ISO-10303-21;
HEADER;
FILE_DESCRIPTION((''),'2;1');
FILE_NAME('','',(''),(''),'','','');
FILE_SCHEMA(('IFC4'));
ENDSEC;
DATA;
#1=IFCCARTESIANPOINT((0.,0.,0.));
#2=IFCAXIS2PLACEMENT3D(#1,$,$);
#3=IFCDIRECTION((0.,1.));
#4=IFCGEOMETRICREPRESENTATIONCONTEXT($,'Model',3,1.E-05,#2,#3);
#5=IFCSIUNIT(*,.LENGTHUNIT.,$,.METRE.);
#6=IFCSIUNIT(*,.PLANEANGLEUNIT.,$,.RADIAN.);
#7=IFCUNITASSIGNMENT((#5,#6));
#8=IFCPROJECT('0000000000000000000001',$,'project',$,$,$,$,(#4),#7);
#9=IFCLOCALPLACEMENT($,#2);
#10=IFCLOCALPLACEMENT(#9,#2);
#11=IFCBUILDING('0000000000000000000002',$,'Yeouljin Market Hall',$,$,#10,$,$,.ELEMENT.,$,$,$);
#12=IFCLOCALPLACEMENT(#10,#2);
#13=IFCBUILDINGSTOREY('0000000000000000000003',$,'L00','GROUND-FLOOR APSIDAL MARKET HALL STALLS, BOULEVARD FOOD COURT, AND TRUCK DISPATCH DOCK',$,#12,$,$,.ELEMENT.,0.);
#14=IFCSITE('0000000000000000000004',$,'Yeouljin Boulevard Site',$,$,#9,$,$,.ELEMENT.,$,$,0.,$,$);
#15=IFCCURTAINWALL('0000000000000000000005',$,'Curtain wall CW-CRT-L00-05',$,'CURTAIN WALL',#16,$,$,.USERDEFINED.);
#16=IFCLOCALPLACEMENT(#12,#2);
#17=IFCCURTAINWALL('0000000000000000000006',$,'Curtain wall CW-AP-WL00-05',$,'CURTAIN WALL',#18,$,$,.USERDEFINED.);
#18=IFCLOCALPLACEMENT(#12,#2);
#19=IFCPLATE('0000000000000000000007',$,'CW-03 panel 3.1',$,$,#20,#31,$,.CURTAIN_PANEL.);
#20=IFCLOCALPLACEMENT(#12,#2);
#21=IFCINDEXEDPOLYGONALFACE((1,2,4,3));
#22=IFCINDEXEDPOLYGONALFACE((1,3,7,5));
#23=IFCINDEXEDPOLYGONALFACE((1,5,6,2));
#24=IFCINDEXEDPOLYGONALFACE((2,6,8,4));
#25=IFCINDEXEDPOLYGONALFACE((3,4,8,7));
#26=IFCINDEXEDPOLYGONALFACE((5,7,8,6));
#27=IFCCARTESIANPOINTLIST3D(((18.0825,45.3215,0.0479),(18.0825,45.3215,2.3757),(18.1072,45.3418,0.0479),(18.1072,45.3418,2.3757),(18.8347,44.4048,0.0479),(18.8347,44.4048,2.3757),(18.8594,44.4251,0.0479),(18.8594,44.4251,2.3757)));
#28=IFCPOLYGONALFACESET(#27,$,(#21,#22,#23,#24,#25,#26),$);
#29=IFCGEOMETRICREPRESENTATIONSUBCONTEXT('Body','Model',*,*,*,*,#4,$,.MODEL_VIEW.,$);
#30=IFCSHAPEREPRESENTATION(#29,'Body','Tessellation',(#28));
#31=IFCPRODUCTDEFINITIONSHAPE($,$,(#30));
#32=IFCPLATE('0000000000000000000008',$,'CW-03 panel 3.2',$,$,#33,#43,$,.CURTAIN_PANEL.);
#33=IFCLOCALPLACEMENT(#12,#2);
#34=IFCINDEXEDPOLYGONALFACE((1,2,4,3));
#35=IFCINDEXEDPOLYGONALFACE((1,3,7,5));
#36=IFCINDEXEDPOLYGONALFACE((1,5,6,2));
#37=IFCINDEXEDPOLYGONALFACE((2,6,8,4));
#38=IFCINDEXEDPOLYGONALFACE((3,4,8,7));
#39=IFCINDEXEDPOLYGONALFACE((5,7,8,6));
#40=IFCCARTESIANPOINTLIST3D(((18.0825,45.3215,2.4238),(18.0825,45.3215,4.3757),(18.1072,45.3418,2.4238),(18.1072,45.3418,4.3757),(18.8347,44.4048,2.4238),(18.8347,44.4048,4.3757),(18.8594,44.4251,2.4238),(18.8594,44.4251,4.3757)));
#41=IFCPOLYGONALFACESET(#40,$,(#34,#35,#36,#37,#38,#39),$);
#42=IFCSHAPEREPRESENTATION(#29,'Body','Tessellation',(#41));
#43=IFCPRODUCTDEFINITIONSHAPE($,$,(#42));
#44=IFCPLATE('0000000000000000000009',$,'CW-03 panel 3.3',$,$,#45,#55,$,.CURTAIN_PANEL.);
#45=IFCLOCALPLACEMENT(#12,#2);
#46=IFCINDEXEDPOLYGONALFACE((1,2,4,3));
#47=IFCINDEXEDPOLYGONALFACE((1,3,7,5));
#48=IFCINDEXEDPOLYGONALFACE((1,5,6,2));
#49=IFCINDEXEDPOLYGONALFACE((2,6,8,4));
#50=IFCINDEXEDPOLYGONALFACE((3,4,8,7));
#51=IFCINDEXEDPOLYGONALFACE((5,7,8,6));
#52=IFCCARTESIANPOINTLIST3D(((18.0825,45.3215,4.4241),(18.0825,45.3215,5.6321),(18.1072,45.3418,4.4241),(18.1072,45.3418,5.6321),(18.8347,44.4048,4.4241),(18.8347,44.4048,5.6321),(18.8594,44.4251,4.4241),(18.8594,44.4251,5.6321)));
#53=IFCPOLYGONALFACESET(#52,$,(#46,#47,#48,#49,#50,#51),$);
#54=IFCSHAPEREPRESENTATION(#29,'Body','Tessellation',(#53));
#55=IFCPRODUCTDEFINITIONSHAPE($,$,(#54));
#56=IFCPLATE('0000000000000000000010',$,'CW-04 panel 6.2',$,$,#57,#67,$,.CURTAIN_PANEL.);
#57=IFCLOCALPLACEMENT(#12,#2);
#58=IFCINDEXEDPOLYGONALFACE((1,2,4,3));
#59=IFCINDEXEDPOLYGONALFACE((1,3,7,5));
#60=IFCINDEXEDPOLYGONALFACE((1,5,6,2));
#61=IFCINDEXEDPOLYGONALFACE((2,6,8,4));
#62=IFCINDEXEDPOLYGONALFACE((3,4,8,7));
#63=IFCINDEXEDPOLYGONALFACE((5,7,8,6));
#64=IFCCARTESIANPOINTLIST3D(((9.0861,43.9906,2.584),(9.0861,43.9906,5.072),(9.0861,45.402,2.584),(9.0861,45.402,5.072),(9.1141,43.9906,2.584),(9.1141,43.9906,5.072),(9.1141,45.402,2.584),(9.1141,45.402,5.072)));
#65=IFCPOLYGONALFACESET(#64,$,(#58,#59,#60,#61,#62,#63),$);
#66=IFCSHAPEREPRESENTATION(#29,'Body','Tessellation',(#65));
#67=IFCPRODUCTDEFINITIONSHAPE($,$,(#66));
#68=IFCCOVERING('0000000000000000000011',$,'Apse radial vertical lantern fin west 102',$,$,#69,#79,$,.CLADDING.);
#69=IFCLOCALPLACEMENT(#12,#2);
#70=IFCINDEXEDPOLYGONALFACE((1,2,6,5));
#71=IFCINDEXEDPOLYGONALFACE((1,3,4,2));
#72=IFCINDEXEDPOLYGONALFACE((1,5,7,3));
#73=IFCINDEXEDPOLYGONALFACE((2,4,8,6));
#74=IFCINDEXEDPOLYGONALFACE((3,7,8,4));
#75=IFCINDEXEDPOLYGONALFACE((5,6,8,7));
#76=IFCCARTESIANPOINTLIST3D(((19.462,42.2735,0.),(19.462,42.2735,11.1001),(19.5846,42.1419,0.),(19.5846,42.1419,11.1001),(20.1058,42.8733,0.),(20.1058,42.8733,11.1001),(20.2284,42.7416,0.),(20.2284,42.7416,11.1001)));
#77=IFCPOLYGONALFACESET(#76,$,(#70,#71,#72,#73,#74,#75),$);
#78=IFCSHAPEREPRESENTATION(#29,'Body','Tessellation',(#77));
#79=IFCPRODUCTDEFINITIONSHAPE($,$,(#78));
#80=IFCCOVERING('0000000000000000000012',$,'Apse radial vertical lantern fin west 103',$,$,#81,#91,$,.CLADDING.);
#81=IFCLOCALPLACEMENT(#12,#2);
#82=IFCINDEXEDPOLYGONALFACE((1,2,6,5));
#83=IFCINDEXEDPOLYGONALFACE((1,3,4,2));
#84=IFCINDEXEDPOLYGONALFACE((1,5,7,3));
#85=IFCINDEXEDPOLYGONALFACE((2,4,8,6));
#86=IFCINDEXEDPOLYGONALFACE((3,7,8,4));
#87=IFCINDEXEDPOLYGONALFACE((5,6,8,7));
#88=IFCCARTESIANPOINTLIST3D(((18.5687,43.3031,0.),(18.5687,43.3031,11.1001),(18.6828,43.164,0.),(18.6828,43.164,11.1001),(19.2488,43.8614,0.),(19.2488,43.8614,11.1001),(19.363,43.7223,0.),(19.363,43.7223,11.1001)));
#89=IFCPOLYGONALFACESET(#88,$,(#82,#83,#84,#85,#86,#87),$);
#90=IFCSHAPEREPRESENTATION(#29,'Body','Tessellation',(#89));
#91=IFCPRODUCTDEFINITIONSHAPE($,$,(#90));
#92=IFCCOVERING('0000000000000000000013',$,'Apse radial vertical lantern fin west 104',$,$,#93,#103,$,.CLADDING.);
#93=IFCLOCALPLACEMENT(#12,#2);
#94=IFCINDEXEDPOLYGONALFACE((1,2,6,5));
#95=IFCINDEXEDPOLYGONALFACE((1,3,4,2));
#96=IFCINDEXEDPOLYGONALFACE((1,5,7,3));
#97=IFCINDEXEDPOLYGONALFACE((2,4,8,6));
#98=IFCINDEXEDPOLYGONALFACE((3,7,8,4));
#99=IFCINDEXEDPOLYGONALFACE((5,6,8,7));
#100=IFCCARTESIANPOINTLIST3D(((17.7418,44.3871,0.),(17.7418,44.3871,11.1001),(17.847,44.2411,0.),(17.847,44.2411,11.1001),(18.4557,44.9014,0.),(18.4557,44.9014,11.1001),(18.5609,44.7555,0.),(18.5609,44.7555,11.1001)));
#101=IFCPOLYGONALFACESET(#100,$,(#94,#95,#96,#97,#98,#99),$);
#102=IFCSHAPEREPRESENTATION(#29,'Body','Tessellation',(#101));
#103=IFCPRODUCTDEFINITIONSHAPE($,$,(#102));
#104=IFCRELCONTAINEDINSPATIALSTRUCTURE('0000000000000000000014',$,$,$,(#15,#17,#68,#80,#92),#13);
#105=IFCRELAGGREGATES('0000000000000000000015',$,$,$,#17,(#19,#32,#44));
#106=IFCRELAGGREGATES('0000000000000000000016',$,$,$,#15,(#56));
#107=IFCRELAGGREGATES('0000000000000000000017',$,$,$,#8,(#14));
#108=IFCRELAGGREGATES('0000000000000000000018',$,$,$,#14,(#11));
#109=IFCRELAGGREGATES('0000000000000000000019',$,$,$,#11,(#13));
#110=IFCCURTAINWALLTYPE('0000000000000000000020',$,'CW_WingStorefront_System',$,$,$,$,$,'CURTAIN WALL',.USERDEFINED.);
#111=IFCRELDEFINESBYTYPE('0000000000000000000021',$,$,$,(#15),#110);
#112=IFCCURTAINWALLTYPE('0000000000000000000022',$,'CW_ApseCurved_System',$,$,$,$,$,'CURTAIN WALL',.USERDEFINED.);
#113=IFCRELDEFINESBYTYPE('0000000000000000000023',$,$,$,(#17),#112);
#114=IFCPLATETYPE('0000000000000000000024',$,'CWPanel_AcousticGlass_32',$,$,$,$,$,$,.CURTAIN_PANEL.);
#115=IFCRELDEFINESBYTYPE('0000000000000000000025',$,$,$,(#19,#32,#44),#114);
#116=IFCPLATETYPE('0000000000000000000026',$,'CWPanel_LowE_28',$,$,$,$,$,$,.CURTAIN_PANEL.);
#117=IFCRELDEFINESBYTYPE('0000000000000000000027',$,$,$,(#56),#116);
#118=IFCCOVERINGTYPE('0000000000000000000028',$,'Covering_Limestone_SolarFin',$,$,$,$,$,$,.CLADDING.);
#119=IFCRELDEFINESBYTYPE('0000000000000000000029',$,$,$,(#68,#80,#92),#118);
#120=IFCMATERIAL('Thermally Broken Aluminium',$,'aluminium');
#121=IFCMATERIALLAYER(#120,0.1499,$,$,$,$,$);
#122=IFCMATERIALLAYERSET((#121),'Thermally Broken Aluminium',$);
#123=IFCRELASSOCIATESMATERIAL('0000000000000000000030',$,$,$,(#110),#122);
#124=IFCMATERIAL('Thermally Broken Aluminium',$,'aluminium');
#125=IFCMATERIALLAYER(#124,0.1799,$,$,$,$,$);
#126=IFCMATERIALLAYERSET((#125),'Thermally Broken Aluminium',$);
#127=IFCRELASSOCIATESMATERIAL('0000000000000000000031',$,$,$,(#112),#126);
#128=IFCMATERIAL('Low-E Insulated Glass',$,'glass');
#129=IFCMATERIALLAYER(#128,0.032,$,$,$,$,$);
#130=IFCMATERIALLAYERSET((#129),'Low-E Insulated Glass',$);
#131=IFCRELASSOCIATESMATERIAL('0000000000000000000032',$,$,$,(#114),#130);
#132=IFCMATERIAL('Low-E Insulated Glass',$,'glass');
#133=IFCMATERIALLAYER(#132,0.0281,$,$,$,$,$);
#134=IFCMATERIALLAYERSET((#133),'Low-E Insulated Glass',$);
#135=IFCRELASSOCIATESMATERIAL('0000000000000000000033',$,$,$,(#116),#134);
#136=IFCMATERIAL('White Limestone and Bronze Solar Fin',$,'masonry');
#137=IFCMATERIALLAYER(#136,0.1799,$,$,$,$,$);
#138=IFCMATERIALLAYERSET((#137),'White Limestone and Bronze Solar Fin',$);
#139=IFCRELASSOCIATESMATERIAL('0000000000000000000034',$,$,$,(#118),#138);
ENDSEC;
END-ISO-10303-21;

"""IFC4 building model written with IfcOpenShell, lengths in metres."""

from ifc_helpers import new_model, si_unit, direction, frame, origin, origin_2d, place, context, subcontext, project, spatial, rectangle, extrude, material, layer, layer_set, type_object, element, aggregate, save


model = new_model("IFC4")

# Units and contexts
model_context = context("Model", 3, precision=1e-05, world=origin(), true_north=direction((0.0, 1.0)))
body_context = subcontext(model_context, "Body", "Model", "MODEL_VIEW")
ifc_project = project(units=[si_unit("LENGTHUNIT", "METRE"), si_unit("PLANEANGLEUNIT", "RADIAN")], contexts=[model_context])

# Site, building, storey
site_placement = place(None, origin())
site = spatial("IfcSite", under=ifc_project, at=site_placement, Name="Yeouljin Boulevard Site", CompositionType="ELEMENT", RefElevation=0.0)
building_placement = place(site_placement, origin())
building = spatial("IfcBuilding", under=site, at=building_placement, Name="Yeouljin Market Hall", CompositionType="ELEMENT")
storey_placement = place(building_placement, origin())
storey = spatial("IfcBuildingStorey", under=building, at=storey_placement, Name="L00", Description="GROUND-FLOOR APSIDAL MARKET HALL STALLS, BOULEVARD FOOD COURT, AND TRUCK DISPATCH DOCK", CompositionType="ELEMENT", Elevation=0.0)

# Curtain wall
ifc_material_1 = material(Name="Thermally Broken Aluminium", Category="aluminium")
ifc_layer_1 = layer(ifc_material_1, 0.1499)
ifc_layer_set_1 = layer_set([ifc_layer_1], Name="Thermally Broken Aluminium")
curtain_wall_type_1 = type_object("IfcCurtainWallType", Name="CW_WingStorefront_System", ElementType="CURTAIN WALL", PredefinedType="USERDEFINED", material=ifc_layer_set_1)
curtain_wall_1_placement = place(storey_placement, origin())
curtain_wall_1 = element("IfcCurtainWall", 1, at=curtain_wall_1_placement, inside=storey, type_object=curtain_wall_type_1, Name="Curtain wall CW-CRT-L00-05", ObjectType="CURTAIN WALL", PredefinedType="USERDEFINED")

# Curtain wall
ifc_material_2 = material(Name="Thermally Broken Aluminium", Category="aluminium")
ifc_layer_2 = layer(ifc_material_2, 0.1799)
ifc_layer_set_2 = layer_set([ifc_layer_2], Name="Thermally Broken Aluminium")
curtain_wall_type_2 = type_object("IfcCurtainWallType", Name="CW_ApseCurved_System", ElementType="CURTAIN WALL", PredefinedType="USERDEFINED", material=ifc_layer_set_2)
curtain_wall_2_placement = place(storey_placement, origin())
curtain_wall_2 = element("IfcCurtainWall", 2, at=curtain_wall_2_placement, inside=storey, type_object=curtain_wall_type_2, Name="Curtain wall CW-AP-WL00-05", ObjectType="CURTAIN WALL", PredefinedType="USERDEFINED")

# Plates
ifc_material_3 = material(Name="Low-E Insulated Glass", Category="glass")
ifc_layer_3 = layer(ifc_material_3, 0.032)
ifc_layer_set_3 = layer_set([ifc_layer_3], Name="Low-E Insulated Glass")
plate_type_1 = type_object("IfcPlateType", Name="CWPanel_AcousticGlass_32", PredefinedType="CURTAIN_PANEL", material=ifc_layer_set_3)
plate_1_placement = place(storey_placement, frame((18.4709, 44.8733, 0.0479), z_axis=(0.0, 0.0, 1.0), x_axis=(-0.634384, 0.773018, 0.0)))
plate_1 = element("IfcPlate", 3, at=plate_1_placement, type_object=plate_type_1, Name="CW-03 panel 3.1", PredefinedType="CURTAIN_PANEL", context=body_context, shape_type="SweptSolid", body=[
    extrude(rectangle(XDim=1.1858, YDim=0.032, at=origin_2d()), origin(), (0.0, 0.0, 1.0), 2.3279),
])
plate_2_placement = place(storey_placement, frame((18.4709, 44.8733, 2.4238), z_axis=(0.0, 0.0, 1.0), x_axis=(-0.634384, 0.773018, 0.0)))
plate_2 = element("IfcPlate", 4, at=plate_2_placement, type_object=plate_type_1, Name="CW-03 panel 3.2", PredefinedType="CURTAIN_PANEL", context=body_context, shape_type="SweptSolid", body=[
    extrude(rectangle(XDim=1.1858, YDim=0.032, at=origin_2d()), origin(), (0.0, 0.0, 1.0), 1.9519),
])
plate_3_placement = place(storey_placement, frame((18.4709, 44.8733, 4.4241), z_axis=(0.0, 0.0, 1.0), x_axis=(-0.634384, 0.773018, 0.0)))
plate_3 = element("IfcPlate", 5, at=plate_3_placement, type_object=plate_type_1, Name="CW-03 panel 3.3", PredefinedType="CURTAIN_PANEL", context=body_context, shape_type="SweptSolid", body=[
    extrude(rectangle(XDim=1.1858, YDim=0.032, at=origin_2d()), origin(), (0.0, 0.0, 1.0), 1.208),
])
aggregate(curtain_wall_2, [plate_1, plate_2, plate_3])
ifc_material_4 = material(Name="Low-E Insulated Glass", Category="glass")
ifc_layer_4 = layer(ifc_material_4, 0.0281)
ifc_layer_set_4 = layer_set([ifc_layer_4], Name="Low-E Insulated Glass")
plate_type_2 = type_object("IfcPlateType", Name="CWPanel_LowE_28", PredefinedType="CURTAIN_PANEL", material=ifc_layer_set_4)
plate_4_placement = place(storey_placement, frame((9.1001, 44.6963, 2.584), z_axis=(0.0, 0.0, 1.0), x_axis=(0.0, 1.0, 0.0)))
plate_4 = element("IfcPlate", 6, at=plate_4_placement, type_object=plate_type_2, Name="CW-04 panel 6.2", PredefinedType="CURTAIN_PANEL", context=body_context, shape_type="SweptSolid", body=[
    extrude(rectangle(XDim=1.4114, YDim=0.0281, at=origin_2d()), origin(), (0.0, 0.0, 1.0), 2.488),
])
aggregate(curtain_wall_1, [plate_4])

# Coverings
ifc_material_5 = material(Name="White Limestone and Bronze Solar Fin", Category="masonry")
ifc_layer_5 = layer(ifc_material_5, 0.1799)
ifc_layer_set_5 = layer_set([ifc_layer_5], Name="White Limestone and Bronze Solar Fin")
covering_type = type_object("IfcCoveringType", Name="Covering_Limestone_SolarFin", PredefinedType="CLADDING", material=ifc_layer_set_5)
for number, where, z_axis, x_axis, name in (
    (7, (19.8452, 42.5076, 0.0), (0.0, 0.0, 1.0), (-0.731711, -0.681615, 0.0), "Apse radial vertical lantern fin west 102"),
    (8, (18.9658, 43.5127, 0.0), (0.0, 0.0, 1.0), (-0.772955, -0.634461, 0.0), "Apse radial vertical lantern fin west 103"),
    (9, (18.1514, 44.5713, 0.0), (0.0, 0.0, 1.0), (-0.81137, -0.584533, 0.0), "Apse radial vertical lantern fin west 104"),
):
    element("IfcCovering", number, at=place(storey_placement, frame(where, z_axis=z_axis, x_axis=x_axis)), inside=storey, type_object=covering_type, Name=name, PredefinedType="CLADDING", context=body_context, shape_type="SweptSolid", body=[
        extrude(rectangle(XDim=0.8799, YDim=0.1799, at=origin_2d()), origin(), (0.0, 0.0, 1.0), 11.1001),
    ])

save(model, "model.ifc")
